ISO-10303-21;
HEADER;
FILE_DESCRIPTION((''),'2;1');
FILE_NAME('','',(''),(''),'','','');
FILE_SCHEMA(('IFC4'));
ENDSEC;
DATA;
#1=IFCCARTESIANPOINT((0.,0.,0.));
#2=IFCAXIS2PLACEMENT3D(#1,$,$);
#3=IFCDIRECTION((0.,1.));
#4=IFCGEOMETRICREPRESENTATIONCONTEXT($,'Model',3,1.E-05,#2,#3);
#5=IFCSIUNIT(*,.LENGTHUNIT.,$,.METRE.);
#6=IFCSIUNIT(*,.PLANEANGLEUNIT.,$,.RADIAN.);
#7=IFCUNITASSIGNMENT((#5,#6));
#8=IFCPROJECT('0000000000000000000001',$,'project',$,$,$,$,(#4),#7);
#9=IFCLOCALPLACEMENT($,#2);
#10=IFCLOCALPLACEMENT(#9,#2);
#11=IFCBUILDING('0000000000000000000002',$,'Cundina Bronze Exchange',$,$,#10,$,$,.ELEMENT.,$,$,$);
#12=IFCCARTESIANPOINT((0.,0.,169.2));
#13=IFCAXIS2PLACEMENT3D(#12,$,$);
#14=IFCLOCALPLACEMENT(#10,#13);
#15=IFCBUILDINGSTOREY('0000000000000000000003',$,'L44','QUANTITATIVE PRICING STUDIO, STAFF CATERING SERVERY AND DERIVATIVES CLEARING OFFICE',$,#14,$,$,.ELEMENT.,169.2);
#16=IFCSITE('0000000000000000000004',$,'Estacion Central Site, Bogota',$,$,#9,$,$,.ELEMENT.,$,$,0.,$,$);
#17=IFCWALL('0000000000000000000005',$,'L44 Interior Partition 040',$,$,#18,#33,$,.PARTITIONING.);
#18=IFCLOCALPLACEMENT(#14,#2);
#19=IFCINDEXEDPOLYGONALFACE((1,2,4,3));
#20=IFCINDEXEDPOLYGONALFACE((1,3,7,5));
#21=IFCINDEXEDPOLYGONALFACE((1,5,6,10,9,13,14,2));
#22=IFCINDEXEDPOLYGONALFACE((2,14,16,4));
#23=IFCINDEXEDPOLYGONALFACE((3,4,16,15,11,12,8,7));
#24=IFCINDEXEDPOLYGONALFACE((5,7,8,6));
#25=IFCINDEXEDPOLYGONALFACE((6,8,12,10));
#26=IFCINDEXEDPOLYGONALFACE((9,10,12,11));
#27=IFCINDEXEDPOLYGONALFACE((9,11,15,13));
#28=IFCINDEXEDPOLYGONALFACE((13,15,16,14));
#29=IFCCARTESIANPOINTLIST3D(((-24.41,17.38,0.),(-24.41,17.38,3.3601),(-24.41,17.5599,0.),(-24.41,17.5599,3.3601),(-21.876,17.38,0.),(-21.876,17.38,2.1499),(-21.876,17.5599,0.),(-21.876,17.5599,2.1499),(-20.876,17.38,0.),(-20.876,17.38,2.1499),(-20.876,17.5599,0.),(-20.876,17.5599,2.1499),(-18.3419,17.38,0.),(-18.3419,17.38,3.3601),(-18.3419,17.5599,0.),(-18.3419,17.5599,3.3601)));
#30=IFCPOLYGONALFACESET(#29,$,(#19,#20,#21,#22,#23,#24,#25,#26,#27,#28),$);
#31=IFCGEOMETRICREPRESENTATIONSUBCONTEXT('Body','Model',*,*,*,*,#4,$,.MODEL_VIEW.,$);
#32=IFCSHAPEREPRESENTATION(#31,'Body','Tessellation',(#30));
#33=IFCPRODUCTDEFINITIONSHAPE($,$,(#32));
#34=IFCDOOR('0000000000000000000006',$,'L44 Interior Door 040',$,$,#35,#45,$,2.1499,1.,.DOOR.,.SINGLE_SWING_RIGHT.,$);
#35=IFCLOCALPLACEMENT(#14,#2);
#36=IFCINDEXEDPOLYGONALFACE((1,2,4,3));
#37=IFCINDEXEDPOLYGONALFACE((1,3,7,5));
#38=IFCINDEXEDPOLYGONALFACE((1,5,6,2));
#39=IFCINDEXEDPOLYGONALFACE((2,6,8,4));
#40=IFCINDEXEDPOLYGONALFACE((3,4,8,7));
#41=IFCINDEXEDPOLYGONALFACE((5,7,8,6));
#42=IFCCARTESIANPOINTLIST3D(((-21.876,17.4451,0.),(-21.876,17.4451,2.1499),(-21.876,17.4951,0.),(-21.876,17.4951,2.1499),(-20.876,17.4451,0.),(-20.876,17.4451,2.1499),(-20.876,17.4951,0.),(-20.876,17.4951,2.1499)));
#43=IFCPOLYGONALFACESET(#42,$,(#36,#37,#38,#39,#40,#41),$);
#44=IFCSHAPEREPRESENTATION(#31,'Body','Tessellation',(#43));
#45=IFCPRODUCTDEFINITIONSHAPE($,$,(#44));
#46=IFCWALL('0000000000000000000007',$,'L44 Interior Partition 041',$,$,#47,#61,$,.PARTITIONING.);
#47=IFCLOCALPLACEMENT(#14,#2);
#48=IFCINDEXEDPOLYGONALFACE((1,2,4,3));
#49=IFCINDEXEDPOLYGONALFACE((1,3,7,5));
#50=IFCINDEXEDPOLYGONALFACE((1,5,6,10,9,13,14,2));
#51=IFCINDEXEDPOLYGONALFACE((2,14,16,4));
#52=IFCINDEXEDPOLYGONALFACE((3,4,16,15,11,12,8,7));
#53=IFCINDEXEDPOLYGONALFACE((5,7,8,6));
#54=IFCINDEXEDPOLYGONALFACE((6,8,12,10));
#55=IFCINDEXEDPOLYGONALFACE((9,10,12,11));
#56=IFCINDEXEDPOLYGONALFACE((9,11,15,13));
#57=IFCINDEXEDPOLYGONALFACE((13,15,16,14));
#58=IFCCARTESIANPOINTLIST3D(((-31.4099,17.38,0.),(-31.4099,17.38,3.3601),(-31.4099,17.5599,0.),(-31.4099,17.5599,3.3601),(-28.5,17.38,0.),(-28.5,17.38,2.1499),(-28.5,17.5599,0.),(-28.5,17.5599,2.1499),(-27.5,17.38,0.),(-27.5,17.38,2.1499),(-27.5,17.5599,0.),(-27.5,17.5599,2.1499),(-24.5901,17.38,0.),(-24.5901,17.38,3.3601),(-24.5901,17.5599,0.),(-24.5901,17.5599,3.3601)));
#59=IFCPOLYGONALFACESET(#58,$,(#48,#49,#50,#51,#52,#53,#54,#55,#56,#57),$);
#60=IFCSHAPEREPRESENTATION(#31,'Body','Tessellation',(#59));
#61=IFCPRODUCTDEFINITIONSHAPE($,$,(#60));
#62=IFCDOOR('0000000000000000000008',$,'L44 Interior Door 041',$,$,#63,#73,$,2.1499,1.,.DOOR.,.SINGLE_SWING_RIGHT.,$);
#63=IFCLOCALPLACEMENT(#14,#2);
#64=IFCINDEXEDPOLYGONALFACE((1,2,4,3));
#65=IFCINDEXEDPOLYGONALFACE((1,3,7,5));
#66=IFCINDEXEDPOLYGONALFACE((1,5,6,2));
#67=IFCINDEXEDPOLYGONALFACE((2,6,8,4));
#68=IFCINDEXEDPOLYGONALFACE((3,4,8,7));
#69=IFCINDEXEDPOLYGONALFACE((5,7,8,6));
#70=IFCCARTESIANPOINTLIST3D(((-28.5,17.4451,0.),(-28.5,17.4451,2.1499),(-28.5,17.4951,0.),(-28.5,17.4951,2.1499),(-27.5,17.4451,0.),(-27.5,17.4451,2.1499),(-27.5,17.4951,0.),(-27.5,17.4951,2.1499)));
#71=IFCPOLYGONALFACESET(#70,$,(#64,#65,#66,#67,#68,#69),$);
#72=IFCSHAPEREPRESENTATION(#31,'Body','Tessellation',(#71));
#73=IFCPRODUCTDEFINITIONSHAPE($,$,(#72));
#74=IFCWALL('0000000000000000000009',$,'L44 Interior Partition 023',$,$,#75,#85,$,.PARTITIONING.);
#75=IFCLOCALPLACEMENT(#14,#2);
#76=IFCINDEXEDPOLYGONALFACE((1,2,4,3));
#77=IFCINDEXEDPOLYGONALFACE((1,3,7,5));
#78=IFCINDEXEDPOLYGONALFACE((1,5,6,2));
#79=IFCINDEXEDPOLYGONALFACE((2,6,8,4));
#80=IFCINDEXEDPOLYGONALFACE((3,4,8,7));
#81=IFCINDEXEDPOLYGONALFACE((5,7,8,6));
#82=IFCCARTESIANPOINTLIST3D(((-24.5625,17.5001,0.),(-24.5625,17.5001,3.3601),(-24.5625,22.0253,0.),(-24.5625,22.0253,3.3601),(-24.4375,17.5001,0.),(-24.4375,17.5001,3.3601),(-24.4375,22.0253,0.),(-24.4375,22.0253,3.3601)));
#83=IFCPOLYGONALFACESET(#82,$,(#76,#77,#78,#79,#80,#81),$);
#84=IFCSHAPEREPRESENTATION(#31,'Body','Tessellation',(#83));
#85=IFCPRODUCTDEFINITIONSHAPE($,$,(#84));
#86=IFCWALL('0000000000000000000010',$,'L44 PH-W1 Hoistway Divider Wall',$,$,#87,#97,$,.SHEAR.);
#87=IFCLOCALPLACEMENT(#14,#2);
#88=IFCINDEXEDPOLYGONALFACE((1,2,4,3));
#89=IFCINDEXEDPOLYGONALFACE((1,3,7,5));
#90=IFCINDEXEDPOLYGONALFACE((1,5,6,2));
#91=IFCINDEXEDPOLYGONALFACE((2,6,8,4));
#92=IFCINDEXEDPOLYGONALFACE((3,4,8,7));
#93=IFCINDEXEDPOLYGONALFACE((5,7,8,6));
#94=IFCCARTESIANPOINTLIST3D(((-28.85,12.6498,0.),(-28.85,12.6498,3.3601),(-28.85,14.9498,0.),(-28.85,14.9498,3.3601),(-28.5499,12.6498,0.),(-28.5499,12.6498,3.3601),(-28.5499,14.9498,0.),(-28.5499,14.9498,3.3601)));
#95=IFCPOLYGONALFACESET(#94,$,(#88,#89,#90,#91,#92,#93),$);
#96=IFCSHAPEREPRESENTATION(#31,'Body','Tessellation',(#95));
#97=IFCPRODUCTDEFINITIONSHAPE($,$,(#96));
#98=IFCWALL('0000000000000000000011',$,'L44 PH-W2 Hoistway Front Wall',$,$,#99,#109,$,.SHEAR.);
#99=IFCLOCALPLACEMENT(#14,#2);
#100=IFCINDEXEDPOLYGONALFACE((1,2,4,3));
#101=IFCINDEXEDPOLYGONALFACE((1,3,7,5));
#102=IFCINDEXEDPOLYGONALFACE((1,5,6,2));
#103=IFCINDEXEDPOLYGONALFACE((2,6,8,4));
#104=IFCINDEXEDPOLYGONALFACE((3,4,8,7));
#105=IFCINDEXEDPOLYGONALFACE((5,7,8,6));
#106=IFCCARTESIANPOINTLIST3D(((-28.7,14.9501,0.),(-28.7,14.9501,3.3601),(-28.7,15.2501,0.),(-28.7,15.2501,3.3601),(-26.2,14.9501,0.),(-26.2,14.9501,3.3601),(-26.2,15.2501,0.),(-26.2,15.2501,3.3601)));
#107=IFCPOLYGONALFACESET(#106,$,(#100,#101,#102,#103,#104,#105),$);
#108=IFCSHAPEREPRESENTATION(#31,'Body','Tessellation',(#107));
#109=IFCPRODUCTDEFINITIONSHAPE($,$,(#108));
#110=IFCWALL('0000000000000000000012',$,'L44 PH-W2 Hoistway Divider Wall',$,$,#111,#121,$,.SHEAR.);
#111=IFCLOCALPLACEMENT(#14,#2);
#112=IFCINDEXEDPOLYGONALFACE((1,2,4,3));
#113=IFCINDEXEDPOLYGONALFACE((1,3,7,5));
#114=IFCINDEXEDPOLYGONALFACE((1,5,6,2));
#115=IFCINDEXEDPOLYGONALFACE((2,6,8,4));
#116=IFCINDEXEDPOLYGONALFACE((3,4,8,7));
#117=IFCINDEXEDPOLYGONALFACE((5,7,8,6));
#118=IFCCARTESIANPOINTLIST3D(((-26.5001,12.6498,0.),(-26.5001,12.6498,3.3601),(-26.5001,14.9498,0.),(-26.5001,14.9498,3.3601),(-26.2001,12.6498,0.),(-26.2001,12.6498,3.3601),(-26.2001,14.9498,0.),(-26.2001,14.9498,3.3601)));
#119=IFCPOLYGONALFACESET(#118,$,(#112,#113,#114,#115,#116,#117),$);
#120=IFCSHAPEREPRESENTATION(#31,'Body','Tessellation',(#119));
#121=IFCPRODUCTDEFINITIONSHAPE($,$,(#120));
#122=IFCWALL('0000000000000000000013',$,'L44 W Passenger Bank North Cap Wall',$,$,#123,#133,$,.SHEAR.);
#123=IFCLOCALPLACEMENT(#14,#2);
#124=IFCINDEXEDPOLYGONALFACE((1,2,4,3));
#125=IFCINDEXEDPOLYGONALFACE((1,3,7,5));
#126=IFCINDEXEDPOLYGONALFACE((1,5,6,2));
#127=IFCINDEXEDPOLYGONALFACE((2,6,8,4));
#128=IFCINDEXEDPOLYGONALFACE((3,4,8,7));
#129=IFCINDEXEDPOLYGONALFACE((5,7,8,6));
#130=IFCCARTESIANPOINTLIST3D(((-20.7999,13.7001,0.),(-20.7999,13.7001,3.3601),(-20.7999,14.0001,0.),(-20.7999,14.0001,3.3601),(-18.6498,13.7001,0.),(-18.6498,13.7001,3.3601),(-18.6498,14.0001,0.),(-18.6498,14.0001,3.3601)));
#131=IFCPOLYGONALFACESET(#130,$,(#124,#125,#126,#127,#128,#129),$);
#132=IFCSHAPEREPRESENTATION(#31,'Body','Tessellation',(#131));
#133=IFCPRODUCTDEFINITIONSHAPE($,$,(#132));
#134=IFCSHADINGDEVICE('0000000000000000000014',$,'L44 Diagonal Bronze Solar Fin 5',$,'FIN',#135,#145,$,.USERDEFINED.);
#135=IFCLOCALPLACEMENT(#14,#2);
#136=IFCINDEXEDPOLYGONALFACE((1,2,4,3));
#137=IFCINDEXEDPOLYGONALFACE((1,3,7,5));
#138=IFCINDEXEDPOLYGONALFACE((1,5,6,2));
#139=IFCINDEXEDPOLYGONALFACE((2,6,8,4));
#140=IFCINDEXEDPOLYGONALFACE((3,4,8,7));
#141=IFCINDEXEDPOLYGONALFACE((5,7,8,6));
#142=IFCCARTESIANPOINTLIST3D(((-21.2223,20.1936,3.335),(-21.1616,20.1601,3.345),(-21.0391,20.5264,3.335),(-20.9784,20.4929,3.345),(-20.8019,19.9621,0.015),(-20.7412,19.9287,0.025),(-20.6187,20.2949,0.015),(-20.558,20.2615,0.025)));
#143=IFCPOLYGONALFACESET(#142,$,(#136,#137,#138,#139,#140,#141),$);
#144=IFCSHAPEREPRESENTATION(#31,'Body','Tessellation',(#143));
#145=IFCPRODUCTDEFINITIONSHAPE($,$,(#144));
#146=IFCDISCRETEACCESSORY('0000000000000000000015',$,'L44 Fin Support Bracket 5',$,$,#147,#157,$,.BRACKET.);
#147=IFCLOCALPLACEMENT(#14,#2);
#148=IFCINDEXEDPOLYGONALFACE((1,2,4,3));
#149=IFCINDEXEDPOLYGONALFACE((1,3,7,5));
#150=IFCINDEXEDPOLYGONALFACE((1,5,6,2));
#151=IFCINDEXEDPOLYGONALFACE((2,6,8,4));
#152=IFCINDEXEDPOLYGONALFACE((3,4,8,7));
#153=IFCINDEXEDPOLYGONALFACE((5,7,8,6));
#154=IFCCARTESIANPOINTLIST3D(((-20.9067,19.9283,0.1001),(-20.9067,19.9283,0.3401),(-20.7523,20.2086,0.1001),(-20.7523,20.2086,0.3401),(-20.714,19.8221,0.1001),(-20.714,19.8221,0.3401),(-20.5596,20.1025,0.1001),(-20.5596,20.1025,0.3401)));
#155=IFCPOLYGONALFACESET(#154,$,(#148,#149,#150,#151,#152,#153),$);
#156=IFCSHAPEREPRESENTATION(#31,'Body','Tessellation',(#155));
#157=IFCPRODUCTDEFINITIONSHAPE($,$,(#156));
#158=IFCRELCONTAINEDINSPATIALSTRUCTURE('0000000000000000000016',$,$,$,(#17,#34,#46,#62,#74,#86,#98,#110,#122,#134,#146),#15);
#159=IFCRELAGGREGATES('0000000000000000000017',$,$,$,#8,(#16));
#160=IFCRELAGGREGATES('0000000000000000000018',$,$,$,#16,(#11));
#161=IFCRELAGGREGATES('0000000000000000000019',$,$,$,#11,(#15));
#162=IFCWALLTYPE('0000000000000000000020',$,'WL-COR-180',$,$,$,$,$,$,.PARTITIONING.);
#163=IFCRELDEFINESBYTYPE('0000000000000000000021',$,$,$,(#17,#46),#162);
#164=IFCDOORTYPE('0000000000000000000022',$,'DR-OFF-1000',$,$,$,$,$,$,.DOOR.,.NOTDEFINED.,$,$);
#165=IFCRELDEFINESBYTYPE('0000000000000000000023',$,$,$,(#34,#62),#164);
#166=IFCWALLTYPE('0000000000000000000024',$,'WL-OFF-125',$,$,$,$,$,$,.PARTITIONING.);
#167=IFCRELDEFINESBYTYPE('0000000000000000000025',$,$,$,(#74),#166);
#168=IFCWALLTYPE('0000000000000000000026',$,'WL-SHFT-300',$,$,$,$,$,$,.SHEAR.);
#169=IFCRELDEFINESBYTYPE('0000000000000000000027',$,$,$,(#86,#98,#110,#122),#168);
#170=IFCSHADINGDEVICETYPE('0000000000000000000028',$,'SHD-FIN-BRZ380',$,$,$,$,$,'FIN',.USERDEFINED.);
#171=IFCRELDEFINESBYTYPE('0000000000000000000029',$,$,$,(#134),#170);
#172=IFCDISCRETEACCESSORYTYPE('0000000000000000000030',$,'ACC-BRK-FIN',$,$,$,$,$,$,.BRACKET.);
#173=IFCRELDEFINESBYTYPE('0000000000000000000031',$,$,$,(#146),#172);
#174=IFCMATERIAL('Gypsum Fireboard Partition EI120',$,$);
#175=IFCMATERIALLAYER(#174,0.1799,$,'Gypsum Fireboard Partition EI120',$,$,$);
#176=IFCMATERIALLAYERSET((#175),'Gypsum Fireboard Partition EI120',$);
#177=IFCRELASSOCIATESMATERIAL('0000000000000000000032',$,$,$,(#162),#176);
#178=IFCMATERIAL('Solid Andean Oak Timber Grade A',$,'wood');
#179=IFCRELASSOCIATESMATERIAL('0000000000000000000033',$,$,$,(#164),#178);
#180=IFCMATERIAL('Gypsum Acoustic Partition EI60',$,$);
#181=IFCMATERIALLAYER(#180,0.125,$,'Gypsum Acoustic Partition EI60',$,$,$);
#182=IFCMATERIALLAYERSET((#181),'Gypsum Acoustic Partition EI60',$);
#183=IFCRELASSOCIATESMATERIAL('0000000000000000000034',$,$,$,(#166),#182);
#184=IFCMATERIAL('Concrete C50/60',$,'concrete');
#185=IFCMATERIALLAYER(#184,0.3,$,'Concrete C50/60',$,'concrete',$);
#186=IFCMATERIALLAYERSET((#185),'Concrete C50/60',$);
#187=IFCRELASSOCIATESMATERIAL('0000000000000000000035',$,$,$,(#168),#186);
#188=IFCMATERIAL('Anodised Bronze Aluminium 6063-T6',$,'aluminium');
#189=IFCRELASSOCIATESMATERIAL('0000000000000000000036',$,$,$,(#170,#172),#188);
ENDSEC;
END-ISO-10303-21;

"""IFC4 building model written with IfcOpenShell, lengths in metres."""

from ifc_helpers import new_model, si_unit, direction, frame, frame_2d, origin, origin_2d, place, context, subcontext, project, spatial, rectangle, extrude, material, layer, layer_set, material_profile, profile_set, type_object, element, fill, save


model = new_model("IFC4")

# Units and contexts
model_context = context("Model", 3, precision=1e-05, world=origin(), true_north=direction((0.0, 1.0)))
body_context = subcontext(model_context, "Body", "Model", "MODEL_VIEW")
ifc_project = project(units=[si_unit("LENGTHUNIT", "METRE"), si_unit("PLANEANGLEUNIT", "RADIAN")], contexts=[model_context])

# Site, building, storey
site_placement = place(None, origin())
site = spatial("IfcSite", under=ifc_project, at=site_placement, Name="Estacion Central Site, Bogota", CompositionType="ELEMENT", RefElevation=0.0)
building_placement = place(site_placement, origin())
building = spatial("IfcBuilding", under=site, at=building_placement, Name="Cundina Bronze Exchange", CompositionType="ELEMENT")
storey_placement = place(building_placement, frame((0.0, 0.0, 169.2)))
storey = spatial("IfcBuildingStorey", under=building, at=storey_placement, Name="L44", Description="QUANTITATIVE PRICING STUDIO, STAFF CATERING SERVERY AND DERIVATIVES CLEARING OFFICE", CompositionType="ELEMENT", Elevation=169.2)

# Shared definitions
ifc_material_1 = material(Name="Concrete C50/60", Category="concrete")

# Shared definitions
ifc_material_2 = material(Name="Anodised Bronze Aluminium 6063-T6", Category="aluminium")

# Shared definitions
ifc_material_3 = material(Name="Gypsum Fireboard Partition EI120")
ifc_layer_1 = layer(ifc_material_3, 0.1799, Name="Gypsum Fireboard Partition EI120")
ifc_layer_set_1 = layer_set([ifc_layer_1], Name="Gypsum Fireboard Partition EI120")
wall_type_1 = type_object("IfcWallType", Name="WL-COR-180", PredefinedType="PARTITIONING", material=ifc_layer_set_1)
ifc_material_4 = material(Name="Solid Andean Oak Timber Grade A", Category="wood")

# Walls, openings, doors
wall_1_placement = place(storey_placement, frame((-18.3418, 17.47, 0.0), z_axis=(0.0, 0.0, 1.0), x_axis=(-1.0, 0.0, 0.0)))
wall_1 = element("IfcWall", 1, at=wall_1_placement, inside=storey, type_object=wall_type_1, Name="L44 Interior Partition 040", PredefinedType="PARTITIONING", context=body_context, shape_type="SweptSolid", body=[
    extrude(rectangle(XDim=6.0681, YDim=0.1799, at=frame_2d((3.0342, 0.0))), origin(), (0.0, 0.0, 1.0), 3.3601),
])
opening_1_placement = place(wall_1_placement, frame((2.5342, 0.0, 0.0)))
opening_1 = element("IfcOpeningElement", 2, at=opening_1_placement, cuts=wall_1, PredefinedType="OPENING", context=body_context, shape_type="SweptSolid", body=[
    extrude(rectangle(XDim=1.0, YDim=2.1499, at=frame_2d((0.5, 1.075))), frame((0.0, 0.0999, 0.0), z_axis=(0.0, -1.0, 0.0), x_axis=(1.0, 0.0, 0.0)), (0.0, 0.0, 1.0), 0.2),
])
door_type_1 = type_object("IfcDoorType", Name="DR-OFF-1000", OperationType="NOTDEFINED", PredefinedType="DOOR", material=ifc_material_4)
door_1_placement = place(opening_1_placement, origin())
door_1 = element("IfcDoor", 3, at=door_1_placement, inside=storey, type_object=door_type_1, Name="L44 Interior Door 040", OperationType="SINGLE_SWING_RIGHT", OverallHeight=2.1499, OverallWidth=1.0, PredefinedType="DOOR", context=body_context, shape_type="SweptSolid", body=[
    extrude(rectangle(XDim=1.0, YDim=2.1499, at=frame_2d((0.5, 1.075))), frame((0.0, 0.0249, 0.0), z_axis=(0.0, -1.0, 0.0), x_axis=(1.0, 0.0, 0.0)), (0.0, 0.0, 1.0), 0.05),
])
fill(opening_1, door_1)
wall_2_placement = place(storey_placement, frame((-24.5901, 17.47, 0.0), z_axis=(0.0, 0.0, 1.0), x_axis=(-1.0, 0.0, 0.0)))
wall_2 = element("IfcWall", 4, at=wall_2_placement, inside=storey, type_object=wall_type_1, Name="L44 Interior Partition 041", PredefinedType="PARTITIONING", context=body_context, shape_type="SweptSolid", body=[
    extrude(rectangle(XDim=6.8198, YDim=0.1799, at=frame_2d((3.4099, 0.0))), origin(), (0.0, 0.0, 1.0), 3.3601),
])
opening_2_placement = place(wall_2_placement, frame((2.9099, 0.0, 0.0)))
opening_2 = element("IfcOpeningElement", 5, at=opening_2_placement, cuts=wall_2, PredefinedType="OPENING", context=body_context, shape_type="SweptSolid", body=[
    extrude(rectangle(XDim=1.0, YDim=2.1499, at=frame_2d((0.5, 1.075))), frame((0.0, 0.0999, 0.0), z_axis=(0.0, -1.0, 0.0), x_axis=(1.0, 0.0, 0.0)), (0.0, 0.0, 1.0), 0.2),
])
door_2_placement = place(opening_2_placement, origin())
door_2 = element("IfcDoor", 6, at=door_2_placement, inside=storey, type_object=door_type_1, Name="L44 Interior Door 041", OperationType="SINGLE_SWING_RIGHT", OverallHeight=2.1499, OverallWidth=1.0, PredefinedType="DOOR", context=body_context, shape_type="SweptSolid", body=[
    extrude(rectangle(XDim=1.0, YDim=2.1499, at=frame_2d((0.5, 1.075))), frame((0.0, 0.0249, 0.0), z_axis=(0.0, -1.0, 0.0), x_axis=(1.0, 0.0, 0.0)), (0.0, 0.0, 1.0), 0.05),
])
fill(opening_2, door_2)

# Walls
ifc_material_5 = material(Name="Gypsum Acoustic Partition EI60")
ifc_layer_2 = layer(ifc_material_5, 0.125, Name="Gypsum Acoustic Partition EI60")
ifc_layer_set_2 = layer_set([ifc_layer_2], Name="Gypsum Acoustic Partition EI60")
wall_type_2 = type_object("IfcWallType", Name="WL-OFF-125", PredefinedType="PARTITIONING", material=ifc_layer_set_2)
wall_3_placement = place(storey_placement, frame((-24.5, 17.5, 0.0), z_axis=(0.0, 0.0, 1.0), x_axis=(0.0, 1.0, 0.0)))
element("IfcWall", 7, at=wall_3_placement, inside=storey, type_object=wall_type_2, Name="L44 Interior Partition 023", PredefinedType="PARTITIONING", context=body_context, shape_type="SweptSolid", body=[
    extrude(rectangle(XDim=4.5251, YDim=0.125, at=frame_2d((2.2627, 0.0))), origin(), (0.0, 0.0, 1.0), 3.3601),
])
ifc_layer_3 = layer(ifc_material_1, 0.3, Name="Concrete C50/60", Category="concrete")
ifc_layer_set_3 = layer_set([ifc_layer_3], Name="Concrete C50/60")
wall_type_3 = type_object("IfcWallType", Name="WL-SHFT-300", PredefinedType="SHEAR", material=ifc_layer_set_3)
wall_4_placement = place(storey_placement, frame((-28.7, 12.6499, 0.0), z_axis=(0.0, 0.0, 1.0), x_axis=(0.0, 1.0, 0.0)))
element("IfcWall", 8, at=wall_4_placement, inside=storey, type_object=wall_type_3, Name="L44 PH-W1 Hoistway Divider Wall", PredefinedType="SHEAR", context=body_context, shape_type="SweptSolid", body=[
    extrude(rectangle(XDim=2.3, YDim=0.3, at=frame_2d((1.1499, 0.0))), origin(), (0.0, 0.0, 1.0), 3.3601),
])
wall_5_placement = place(storey_placement, frame((-28.7, 15.1001, 0.0), z_axis=(0.0, 0.0, 1.0), x_axis=(1.0, 0.0, 0.0)))
element("IfcWall", 9, at=wall_5_placement, inside=storey, type_object=wall_type_3, Name="L44 PH-W2 Hoistway Front Wall", PredefinedType="SHEAR", context=body_context, shape_type="SweptSolid", body=[
    extrude(rectangle(XDim=2.5, YDim=0.3, at=frame_2d((1.25, 0.0))), origin(), (0.0, 0.0, 1.0), 3.3601),
])
wall_6_placement = place(storey_placement, frame((-26.3501, 12.6499, 0.0), z_axis=(0.0, 0.0, 1.0), x_axis=(0.0, 1.0, 0.0)))
element("IfcWall", 10, at=wall_6_placement, inside=storey, type_object=wall_type_3, Name="L44 PH-W2 Hoistway Divider Wall", PredefinedType="SHEAR", context=body_context, shape_type="SweptSolid", body=[
    extrude(rectangle(XDim=2.3, YDim=0.3, at=frame_2d((1.1499, 0.0))), origin(), (0.0, 0.0, 1.0), 3.3601),
])
wall_7_placement = place(storey_placement, frame((-20.8, 13.8501, 0.0), z_axis=(0.0, 0.0, 1.0), x_axis=(1.0, 0.0, 0.0)))
element("IfcWall", 11, at=wall_7_placement, inside=storey, type_object=wall_type_3, Name="L44 W Passenger Bank North Cap Wall", PredefinedType="SHEAR", context=body_context, shape_type="SweptSolid", body=[
    extrude(rectangle(XDim=2.1501, YDim=0.3, at=frame_2d((1.0752, 0.0))), origin(), (0.0, 0.0, 1.0), 3.3601),
])

# Shading device
ifc_material_profile_1 = material_profile(ifc_material_2, rectangle(XDim=0.0701, YDim=0.3799, at=origin_2d()), Name="FIN70X380", Category="aluminium")
ifc_profile_set_1 = profile_set([ifc_material_profile_1], Name="Anodised Bronze Aluminium 6063-T6")
shading_device_type = type_object("IfcShadingDeviceType", Name="SHD-FIN-BRZ380", ElementType="FIN", PredefinedType="USERDEFINED", material=ifc_profile_set_1)
shading_device_placement = place(storey_placement, frame((-20.6799, 20.1118, 0.02), z_axis=(-0.125324, 0.068994, 0.989714), x_axis=(0.867012, -0.47731, 0.143061)))
element("IfcShadingDevice", 12, at=shading_device_placement, inside=storey, type_object=shading_device_type, Name="L44 Diagonal Bronze Solar Fin 5", ObjectType="FIN", PredefinedType="USERDEFINED", context=body_context, shape_type="SweptSolid", body=[
    extrude(rectangle(XDim=0.0701, YDim=0.3799, at=origin_2d()), origin(), (0.0, 0.0, 1.0), 3.3545),
])

# Discrete accessory
discrete_accessory_type = type_object("IfcDiscreteAccessoryType", Name="ACC-BRK-FIN", PredefinedType="BRACKET", material=ifc_material_2)
discrete_accessory_placement = place(storey_placement, frame((-20.7332, 20.0154, 0.1001), z_axis=(0.0, 0.0, 1.0), x_axis=(-0.875869, 0.482549, 0.0)))
element("IfcDiscreteAccessory", 13, at=discrete_accessory_placement, inside=storey, type_object=discrete_accessory_type, Name="L44 Fin Support Bracket 5", PredefinedType="BRACKET", context=body_context, shape_type="SweptSolid", body=[
    extrude(rectangle(XDim=0.22, YDim=0.3201, at=origin_2d()), origin(), (0.0, 0.0, 1.0), 0.24),
])

save(model, "model.ifc")
